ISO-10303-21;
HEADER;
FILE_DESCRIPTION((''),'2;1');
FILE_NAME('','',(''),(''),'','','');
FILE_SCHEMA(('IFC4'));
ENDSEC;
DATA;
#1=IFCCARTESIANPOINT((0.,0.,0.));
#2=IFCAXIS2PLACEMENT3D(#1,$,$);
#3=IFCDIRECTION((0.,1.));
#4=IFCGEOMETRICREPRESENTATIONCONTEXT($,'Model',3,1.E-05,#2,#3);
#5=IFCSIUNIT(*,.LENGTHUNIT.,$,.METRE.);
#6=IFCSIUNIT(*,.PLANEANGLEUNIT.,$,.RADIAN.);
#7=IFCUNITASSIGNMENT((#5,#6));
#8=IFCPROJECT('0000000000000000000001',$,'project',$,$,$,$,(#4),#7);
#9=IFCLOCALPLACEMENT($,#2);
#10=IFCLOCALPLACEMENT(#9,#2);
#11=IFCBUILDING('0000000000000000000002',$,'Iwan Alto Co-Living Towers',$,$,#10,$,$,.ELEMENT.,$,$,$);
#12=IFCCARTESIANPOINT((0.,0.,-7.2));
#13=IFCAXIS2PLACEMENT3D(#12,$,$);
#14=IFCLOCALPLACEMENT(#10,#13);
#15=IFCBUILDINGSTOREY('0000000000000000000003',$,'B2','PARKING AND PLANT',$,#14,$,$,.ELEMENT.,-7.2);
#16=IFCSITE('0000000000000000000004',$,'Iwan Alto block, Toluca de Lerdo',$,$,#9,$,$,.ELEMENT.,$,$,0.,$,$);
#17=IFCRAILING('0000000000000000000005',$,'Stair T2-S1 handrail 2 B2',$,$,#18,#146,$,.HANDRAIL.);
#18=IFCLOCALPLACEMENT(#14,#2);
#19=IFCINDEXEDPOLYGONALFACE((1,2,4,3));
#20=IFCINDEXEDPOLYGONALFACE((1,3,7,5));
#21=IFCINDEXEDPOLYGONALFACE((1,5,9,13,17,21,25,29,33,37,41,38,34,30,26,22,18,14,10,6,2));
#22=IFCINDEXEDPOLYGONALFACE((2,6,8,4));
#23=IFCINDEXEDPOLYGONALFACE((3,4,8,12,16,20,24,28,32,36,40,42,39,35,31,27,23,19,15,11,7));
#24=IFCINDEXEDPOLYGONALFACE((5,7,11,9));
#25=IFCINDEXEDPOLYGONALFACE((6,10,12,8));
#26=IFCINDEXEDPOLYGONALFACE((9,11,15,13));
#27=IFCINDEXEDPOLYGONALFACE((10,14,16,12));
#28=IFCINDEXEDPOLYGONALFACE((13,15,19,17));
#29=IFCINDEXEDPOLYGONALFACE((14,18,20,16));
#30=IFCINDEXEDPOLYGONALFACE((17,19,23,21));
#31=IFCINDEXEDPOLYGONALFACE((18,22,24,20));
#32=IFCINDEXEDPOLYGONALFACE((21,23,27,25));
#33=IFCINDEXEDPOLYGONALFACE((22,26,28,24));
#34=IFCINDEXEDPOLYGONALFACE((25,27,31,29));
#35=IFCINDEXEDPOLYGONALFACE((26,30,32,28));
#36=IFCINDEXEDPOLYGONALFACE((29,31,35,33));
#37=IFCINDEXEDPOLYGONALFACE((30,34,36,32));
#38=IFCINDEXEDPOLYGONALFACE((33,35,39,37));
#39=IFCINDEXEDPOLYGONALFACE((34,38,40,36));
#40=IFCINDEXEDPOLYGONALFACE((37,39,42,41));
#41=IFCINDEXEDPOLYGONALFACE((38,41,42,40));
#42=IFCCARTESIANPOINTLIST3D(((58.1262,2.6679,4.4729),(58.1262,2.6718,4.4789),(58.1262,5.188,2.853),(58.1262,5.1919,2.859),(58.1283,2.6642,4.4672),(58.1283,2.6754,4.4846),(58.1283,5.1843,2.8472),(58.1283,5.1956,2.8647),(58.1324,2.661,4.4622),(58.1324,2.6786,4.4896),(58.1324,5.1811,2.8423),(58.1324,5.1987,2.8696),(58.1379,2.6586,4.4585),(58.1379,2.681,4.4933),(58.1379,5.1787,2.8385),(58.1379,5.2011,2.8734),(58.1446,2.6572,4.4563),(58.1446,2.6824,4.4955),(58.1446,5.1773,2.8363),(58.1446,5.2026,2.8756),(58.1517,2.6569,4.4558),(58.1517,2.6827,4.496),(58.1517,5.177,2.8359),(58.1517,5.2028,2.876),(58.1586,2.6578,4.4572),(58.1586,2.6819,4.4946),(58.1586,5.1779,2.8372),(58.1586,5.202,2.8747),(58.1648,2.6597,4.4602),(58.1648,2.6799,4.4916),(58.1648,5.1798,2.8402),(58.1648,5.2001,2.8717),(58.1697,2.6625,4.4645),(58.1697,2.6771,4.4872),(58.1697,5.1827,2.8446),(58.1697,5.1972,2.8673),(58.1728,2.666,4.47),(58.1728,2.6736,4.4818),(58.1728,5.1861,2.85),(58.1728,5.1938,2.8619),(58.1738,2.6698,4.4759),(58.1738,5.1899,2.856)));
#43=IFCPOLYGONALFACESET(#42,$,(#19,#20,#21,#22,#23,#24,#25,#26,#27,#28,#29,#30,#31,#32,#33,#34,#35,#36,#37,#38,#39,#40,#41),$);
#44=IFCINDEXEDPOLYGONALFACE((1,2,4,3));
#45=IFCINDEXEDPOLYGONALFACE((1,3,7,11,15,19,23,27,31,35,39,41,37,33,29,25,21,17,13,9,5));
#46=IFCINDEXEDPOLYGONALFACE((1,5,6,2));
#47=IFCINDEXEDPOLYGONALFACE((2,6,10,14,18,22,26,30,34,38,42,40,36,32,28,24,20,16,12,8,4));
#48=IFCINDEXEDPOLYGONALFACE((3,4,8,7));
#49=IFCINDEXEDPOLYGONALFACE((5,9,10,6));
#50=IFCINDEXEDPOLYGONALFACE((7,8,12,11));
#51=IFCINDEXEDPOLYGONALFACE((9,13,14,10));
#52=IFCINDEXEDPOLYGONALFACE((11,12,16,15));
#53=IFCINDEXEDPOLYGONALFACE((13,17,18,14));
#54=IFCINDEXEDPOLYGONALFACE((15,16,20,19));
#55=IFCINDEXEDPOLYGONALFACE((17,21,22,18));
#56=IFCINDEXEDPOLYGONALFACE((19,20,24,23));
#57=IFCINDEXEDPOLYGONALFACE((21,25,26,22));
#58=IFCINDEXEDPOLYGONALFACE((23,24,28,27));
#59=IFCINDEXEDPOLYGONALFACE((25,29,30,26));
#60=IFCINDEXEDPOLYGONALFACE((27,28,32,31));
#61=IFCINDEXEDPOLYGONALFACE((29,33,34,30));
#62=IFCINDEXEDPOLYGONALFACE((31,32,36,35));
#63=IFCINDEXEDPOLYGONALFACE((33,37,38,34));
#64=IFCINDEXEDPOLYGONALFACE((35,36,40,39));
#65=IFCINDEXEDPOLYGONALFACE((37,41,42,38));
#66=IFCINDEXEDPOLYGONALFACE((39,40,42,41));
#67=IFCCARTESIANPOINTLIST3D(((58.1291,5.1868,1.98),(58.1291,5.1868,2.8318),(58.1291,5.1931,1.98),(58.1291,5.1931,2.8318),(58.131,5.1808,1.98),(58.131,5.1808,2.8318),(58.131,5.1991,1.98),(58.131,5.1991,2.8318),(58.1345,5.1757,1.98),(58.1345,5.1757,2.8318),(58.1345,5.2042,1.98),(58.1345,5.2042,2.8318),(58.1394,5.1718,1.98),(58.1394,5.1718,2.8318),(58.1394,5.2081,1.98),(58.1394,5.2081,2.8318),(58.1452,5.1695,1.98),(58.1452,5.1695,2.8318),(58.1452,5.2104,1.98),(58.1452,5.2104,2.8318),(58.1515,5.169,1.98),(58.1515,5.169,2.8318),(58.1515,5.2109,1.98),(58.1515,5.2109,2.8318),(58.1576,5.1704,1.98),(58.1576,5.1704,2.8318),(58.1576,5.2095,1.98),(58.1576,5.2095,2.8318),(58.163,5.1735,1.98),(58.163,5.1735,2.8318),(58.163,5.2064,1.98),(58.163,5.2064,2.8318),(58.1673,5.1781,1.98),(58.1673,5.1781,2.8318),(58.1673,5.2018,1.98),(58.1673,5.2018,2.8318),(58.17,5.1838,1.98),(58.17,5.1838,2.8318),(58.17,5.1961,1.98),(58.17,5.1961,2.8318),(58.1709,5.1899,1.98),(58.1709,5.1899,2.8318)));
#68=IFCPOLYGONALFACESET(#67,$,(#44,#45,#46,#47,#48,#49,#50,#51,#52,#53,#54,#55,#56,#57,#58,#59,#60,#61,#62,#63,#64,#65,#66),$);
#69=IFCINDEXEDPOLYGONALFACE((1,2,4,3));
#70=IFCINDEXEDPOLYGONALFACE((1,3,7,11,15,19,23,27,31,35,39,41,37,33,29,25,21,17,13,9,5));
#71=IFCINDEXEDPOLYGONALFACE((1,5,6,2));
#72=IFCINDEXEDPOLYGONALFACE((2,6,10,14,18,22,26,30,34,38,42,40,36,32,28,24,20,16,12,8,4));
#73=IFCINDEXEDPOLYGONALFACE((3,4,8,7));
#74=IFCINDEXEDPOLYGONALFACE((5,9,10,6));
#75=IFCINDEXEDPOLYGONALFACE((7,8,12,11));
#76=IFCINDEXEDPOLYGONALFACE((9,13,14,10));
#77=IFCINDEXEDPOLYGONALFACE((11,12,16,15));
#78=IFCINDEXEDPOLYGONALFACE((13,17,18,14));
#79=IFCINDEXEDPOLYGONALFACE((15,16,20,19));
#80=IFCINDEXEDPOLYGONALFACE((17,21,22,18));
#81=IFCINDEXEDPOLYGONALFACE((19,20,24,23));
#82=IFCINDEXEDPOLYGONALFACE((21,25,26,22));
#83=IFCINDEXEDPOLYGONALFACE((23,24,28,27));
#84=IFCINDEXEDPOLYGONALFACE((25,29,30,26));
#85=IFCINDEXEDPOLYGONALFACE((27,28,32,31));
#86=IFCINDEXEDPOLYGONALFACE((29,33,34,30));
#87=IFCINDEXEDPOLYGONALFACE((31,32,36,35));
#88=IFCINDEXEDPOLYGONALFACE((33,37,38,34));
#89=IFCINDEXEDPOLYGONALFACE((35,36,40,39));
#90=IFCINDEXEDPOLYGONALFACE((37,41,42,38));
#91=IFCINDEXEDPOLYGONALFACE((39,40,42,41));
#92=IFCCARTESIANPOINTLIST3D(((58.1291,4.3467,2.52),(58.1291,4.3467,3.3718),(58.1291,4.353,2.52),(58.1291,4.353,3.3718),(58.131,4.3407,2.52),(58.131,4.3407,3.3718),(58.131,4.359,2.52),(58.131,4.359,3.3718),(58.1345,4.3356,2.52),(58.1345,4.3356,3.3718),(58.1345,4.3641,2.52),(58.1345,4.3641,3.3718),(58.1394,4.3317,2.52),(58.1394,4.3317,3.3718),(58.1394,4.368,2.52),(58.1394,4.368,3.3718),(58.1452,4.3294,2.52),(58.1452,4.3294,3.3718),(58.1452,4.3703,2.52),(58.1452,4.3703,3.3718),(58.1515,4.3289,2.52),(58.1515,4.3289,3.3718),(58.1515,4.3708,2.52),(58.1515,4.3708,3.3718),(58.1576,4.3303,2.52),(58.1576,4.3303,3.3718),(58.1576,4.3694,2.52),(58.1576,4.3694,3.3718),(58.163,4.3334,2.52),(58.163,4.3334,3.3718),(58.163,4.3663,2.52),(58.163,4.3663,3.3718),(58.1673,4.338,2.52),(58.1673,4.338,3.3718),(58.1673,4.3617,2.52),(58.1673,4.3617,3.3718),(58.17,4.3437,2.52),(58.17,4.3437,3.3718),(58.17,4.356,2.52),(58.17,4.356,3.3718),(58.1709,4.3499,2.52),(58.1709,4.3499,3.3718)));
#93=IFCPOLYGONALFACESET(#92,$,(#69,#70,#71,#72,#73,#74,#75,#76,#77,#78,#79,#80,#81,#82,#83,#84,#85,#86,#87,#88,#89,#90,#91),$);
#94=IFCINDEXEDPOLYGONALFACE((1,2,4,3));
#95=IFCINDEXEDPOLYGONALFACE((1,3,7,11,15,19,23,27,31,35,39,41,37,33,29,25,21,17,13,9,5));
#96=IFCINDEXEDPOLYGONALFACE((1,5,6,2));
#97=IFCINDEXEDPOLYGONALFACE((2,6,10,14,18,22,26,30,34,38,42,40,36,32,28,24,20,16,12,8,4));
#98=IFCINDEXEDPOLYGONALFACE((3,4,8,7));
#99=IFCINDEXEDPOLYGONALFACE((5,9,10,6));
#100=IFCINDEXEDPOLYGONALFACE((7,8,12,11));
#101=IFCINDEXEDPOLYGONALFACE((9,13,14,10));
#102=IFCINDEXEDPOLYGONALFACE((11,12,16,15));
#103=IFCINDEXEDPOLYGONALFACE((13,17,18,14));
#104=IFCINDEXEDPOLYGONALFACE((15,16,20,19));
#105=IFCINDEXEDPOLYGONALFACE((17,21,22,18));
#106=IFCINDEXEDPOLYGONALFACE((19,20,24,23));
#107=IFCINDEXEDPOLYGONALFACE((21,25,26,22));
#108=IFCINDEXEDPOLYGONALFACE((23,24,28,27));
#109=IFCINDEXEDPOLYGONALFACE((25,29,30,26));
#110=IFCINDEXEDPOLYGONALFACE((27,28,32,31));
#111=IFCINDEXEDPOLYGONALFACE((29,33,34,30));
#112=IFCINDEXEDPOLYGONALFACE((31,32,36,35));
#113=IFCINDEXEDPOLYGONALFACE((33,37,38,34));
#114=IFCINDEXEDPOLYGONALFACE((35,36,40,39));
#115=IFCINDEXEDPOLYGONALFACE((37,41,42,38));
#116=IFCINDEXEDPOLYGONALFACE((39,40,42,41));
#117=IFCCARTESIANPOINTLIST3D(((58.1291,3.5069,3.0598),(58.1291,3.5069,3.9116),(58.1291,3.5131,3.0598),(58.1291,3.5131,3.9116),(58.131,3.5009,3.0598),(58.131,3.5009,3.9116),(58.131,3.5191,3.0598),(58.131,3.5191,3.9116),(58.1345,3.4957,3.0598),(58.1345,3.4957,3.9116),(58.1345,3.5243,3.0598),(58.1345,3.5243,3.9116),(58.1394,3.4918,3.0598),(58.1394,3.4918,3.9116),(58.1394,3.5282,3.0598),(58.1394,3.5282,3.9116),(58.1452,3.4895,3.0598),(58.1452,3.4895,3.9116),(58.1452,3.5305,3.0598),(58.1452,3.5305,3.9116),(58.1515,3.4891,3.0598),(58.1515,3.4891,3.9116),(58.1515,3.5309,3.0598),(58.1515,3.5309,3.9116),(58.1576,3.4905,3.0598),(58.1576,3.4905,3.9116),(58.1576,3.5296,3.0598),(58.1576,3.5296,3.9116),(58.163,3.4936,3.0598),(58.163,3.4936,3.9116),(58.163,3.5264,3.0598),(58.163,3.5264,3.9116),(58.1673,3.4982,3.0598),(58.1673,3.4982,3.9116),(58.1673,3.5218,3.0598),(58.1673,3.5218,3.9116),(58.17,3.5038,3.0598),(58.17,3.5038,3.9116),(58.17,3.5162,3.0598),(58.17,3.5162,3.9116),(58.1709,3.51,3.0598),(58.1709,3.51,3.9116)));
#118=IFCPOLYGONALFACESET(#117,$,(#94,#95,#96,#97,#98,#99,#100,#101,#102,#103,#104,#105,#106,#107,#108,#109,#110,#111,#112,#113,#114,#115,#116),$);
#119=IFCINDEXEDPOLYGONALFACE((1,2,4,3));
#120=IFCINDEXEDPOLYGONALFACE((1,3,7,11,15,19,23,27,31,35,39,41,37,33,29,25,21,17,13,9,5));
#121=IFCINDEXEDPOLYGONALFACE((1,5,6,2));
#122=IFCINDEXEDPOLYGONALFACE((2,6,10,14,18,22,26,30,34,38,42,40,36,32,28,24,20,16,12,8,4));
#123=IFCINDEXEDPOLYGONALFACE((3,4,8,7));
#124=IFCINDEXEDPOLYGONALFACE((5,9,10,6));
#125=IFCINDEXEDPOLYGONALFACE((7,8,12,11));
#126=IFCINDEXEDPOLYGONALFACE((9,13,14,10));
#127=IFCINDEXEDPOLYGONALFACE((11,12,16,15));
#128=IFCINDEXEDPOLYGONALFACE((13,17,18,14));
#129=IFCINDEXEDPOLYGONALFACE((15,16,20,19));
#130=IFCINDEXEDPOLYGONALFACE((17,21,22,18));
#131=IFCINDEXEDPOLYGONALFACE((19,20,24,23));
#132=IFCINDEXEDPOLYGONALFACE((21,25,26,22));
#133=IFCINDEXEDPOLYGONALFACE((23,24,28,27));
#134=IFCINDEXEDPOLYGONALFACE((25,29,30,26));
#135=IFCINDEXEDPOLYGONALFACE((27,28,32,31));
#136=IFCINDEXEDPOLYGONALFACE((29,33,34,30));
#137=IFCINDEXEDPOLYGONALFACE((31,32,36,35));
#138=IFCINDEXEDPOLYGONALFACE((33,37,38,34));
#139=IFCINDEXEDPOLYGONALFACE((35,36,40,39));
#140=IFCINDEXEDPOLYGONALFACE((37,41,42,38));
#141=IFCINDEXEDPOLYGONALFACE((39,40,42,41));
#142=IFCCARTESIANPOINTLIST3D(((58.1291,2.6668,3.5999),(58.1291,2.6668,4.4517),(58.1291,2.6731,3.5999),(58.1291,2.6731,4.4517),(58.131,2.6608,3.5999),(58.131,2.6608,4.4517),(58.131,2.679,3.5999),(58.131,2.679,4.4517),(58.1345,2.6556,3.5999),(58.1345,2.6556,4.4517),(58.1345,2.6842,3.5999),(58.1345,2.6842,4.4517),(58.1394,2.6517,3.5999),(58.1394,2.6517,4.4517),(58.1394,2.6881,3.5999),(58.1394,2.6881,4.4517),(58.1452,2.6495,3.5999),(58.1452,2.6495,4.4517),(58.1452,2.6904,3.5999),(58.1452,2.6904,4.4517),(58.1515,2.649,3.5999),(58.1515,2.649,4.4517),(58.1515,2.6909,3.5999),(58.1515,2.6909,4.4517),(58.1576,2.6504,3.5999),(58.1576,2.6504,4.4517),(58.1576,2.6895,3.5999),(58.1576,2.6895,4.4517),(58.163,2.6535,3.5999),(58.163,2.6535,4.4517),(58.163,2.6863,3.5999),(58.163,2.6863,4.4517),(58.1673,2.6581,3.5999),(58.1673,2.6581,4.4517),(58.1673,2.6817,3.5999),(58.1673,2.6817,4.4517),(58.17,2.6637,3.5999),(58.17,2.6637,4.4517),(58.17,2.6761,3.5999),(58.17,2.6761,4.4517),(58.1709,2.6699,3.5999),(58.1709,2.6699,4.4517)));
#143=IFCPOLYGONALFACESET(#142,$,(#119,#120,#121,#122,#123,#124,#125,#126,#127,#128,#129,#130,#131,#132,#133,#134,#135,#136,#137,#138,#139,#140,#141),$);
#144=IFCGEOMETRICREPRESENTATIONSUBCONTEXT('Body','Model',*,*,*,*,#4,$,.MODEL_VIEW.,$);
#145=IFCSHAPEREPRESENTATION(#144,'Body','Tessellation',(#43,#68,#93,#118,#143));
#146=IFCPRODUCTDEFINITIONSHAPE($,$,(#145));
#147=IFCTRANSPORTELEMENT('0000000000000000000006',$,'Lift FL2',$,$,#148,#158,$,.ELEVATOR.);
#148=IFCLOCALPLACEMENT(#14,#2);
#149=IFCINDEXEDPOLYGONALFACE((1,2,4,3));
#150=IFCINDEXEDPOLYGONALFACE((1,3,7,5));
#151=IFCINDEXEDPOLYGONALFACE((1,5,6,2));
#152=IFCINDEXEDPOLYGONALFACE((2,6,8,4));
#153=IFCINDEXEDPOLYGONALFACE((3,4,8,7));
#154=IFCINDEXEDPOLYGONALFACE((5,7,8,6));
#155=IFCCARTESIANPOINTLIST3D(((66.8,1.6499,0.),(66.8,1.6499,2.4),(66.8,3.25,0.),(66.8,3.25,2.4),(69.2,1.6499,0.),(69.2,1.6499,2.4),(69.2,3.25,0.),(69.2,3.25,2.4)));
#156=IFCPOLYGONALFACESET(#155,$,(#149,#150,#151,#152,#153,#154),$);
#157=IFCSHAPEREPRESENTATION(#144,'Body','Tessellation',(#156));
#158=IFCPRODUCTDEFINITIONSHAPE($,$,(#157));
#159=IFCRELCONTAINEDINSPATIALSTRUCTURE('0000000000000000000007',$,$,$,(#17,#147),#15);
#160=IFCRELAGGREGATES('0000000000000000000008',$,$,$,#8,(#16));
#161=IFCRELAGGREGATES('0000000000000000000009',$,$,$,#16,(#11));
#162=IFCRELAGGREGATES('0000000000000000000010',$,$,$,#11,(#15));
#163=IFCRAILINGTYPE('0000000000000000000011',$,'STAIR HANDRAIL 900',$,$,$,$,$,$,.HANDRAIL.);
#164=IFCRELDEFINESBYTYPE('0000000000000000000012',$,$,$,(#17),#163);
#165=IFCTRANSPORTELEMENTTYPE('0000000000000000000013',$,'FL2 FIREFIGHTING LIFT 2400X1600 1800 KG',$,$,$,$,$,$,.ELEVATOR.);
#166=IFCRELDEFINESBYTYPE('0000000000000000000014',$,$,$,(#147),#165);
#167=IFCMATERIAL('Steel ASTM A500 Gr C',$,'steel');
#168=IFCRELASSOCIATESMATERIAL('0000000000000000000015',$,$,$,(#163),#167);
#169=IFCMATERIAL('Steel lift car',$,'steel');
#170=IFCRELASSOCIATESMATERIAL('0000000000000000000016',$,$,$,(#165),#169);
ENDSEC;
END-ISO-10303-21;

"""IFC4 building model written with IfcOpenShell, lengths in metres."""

from ifc_helpers import new_model, si_unit, direction, frame, origin, origin_2d, place, context, subcontext, project, spatial, rectangle, circle, extrude, material, type_object, element, save


model = new_model("IFC4")

# Units and contexts
model_context = context("Model", 3, precision=1e-05, world=origin(), true_north=direction((0.0, 1.0)))
body_context = subcontext(model_context, "Body", "Model", "MODEL_VIEW")
ifc_project = project(units=[si_unit("LENGTHUNIT", "METRE"), si_unit("PLANEANGLEUNIT", "RADIAN")], contexts=[model_context])

# Site, building, storey
site_placement = place(None, origin())
site = spatial("IfcSite", under=ifc_project, at=site_placement, Name="Iwan Alto block, Toluca de Lerdo", CompositionType="ELEMENT", RefElevation=0.0)
building_placement = place(site_placement, origin())
building = spatial("IfcBuilding", under=site, at=building_placement, Name="Iwan Alto Co-Living Towers", CompositionType="ELEMENT")
storey_placement = place(building_placement, frame((0.0, 0.0, -7.2)))
storey = spatial("IfcBuildingStorey", under=building, at=storey_placement, Name="B2", Description="PARKING AND PLANT", CompositionType="ELEMENT", Elevation=-7.2)

# Railing
ifc_material_1 = material(Name="Steel ASTM A500 Gr C", Category="steel")
railing_type_1 = type_object("IfcRailingType", Name="STAIR HANDRAIL 900", PredefinedType="HANDRAIL", material=ifc_material_1)
railing_1_placement = place(storey_placement, frame((58.1499, 5.1899, 1.98)))
element("IfcRailing", 1, at=railing_1_placement, inside=storey, type_object=railing_type_1, Name="Stair T2-S1 handrail 2 B2", PredefinedType="HANDRAIL", context=body_context, shape_type="SweptSolid", body=[
    extrude(circle(Radius=0.0239, at=origin_2d()), frame((0.0, 0.0, 0.876), z_axis=(0.0, -0.8412, 0.540725), x_axis=(1.0, 0.0, 0.0)), (0.0, 0.0, 1.0), 2.9958),
    extrude(circle(Radius=0.021, at=origin_2d()), origin(), (0.0, 0.0, 1.0), 0.8518),
    extrude(circle(Radius=0.021, at=origin_2d()), frame((0.0, -0.8401, 0.54)), (0.0, 0.0, 1.0), 0.8518),
    extrude(circle(Radius=0.021, at=origin_2d()), frame((0.0, -1.6799, 1.0798)), (0.0, 0.0, 1.0), 0.8518),
    extrude(circle(Radius=0.021, at=origin_2d()), frame((0.0, -2.52, 1.6199)), (0.0, 0.0, 1.0), 0.8518),
])

# Transport element
ifc_material_2 = material(Name="Steel lift car", Category="steel")
transport_element_type = type_object("IfcTransportElementType", Name="FL2 FIREFIGHTING LIFT 2400X1600 1800 KG", PredefinedType="ELEVATOR", material=ifc_material_2)
transport_element_placement = place(storey_placement, frame((68.0, 2.45, 0.0), z_axis=(0.0, 0.0, 1.0), x_axis=(1.0, 0.0, 0.0)))
element("IfcTransportElement", 2, at=transport_element_placement, inside=storey, type_object=transport_element_type, Name="Lift FL2", PredefinedType="ELEVATOR", context=body_context, shape_type="SweptSolid", body=[
    extrude(rectangle(XDim=2.3999, YDim=1.6001, at=origin_2d()), origin(), (0.0, 0.0, 1.0), 2.4),
])

save(model, "model.ifc")
